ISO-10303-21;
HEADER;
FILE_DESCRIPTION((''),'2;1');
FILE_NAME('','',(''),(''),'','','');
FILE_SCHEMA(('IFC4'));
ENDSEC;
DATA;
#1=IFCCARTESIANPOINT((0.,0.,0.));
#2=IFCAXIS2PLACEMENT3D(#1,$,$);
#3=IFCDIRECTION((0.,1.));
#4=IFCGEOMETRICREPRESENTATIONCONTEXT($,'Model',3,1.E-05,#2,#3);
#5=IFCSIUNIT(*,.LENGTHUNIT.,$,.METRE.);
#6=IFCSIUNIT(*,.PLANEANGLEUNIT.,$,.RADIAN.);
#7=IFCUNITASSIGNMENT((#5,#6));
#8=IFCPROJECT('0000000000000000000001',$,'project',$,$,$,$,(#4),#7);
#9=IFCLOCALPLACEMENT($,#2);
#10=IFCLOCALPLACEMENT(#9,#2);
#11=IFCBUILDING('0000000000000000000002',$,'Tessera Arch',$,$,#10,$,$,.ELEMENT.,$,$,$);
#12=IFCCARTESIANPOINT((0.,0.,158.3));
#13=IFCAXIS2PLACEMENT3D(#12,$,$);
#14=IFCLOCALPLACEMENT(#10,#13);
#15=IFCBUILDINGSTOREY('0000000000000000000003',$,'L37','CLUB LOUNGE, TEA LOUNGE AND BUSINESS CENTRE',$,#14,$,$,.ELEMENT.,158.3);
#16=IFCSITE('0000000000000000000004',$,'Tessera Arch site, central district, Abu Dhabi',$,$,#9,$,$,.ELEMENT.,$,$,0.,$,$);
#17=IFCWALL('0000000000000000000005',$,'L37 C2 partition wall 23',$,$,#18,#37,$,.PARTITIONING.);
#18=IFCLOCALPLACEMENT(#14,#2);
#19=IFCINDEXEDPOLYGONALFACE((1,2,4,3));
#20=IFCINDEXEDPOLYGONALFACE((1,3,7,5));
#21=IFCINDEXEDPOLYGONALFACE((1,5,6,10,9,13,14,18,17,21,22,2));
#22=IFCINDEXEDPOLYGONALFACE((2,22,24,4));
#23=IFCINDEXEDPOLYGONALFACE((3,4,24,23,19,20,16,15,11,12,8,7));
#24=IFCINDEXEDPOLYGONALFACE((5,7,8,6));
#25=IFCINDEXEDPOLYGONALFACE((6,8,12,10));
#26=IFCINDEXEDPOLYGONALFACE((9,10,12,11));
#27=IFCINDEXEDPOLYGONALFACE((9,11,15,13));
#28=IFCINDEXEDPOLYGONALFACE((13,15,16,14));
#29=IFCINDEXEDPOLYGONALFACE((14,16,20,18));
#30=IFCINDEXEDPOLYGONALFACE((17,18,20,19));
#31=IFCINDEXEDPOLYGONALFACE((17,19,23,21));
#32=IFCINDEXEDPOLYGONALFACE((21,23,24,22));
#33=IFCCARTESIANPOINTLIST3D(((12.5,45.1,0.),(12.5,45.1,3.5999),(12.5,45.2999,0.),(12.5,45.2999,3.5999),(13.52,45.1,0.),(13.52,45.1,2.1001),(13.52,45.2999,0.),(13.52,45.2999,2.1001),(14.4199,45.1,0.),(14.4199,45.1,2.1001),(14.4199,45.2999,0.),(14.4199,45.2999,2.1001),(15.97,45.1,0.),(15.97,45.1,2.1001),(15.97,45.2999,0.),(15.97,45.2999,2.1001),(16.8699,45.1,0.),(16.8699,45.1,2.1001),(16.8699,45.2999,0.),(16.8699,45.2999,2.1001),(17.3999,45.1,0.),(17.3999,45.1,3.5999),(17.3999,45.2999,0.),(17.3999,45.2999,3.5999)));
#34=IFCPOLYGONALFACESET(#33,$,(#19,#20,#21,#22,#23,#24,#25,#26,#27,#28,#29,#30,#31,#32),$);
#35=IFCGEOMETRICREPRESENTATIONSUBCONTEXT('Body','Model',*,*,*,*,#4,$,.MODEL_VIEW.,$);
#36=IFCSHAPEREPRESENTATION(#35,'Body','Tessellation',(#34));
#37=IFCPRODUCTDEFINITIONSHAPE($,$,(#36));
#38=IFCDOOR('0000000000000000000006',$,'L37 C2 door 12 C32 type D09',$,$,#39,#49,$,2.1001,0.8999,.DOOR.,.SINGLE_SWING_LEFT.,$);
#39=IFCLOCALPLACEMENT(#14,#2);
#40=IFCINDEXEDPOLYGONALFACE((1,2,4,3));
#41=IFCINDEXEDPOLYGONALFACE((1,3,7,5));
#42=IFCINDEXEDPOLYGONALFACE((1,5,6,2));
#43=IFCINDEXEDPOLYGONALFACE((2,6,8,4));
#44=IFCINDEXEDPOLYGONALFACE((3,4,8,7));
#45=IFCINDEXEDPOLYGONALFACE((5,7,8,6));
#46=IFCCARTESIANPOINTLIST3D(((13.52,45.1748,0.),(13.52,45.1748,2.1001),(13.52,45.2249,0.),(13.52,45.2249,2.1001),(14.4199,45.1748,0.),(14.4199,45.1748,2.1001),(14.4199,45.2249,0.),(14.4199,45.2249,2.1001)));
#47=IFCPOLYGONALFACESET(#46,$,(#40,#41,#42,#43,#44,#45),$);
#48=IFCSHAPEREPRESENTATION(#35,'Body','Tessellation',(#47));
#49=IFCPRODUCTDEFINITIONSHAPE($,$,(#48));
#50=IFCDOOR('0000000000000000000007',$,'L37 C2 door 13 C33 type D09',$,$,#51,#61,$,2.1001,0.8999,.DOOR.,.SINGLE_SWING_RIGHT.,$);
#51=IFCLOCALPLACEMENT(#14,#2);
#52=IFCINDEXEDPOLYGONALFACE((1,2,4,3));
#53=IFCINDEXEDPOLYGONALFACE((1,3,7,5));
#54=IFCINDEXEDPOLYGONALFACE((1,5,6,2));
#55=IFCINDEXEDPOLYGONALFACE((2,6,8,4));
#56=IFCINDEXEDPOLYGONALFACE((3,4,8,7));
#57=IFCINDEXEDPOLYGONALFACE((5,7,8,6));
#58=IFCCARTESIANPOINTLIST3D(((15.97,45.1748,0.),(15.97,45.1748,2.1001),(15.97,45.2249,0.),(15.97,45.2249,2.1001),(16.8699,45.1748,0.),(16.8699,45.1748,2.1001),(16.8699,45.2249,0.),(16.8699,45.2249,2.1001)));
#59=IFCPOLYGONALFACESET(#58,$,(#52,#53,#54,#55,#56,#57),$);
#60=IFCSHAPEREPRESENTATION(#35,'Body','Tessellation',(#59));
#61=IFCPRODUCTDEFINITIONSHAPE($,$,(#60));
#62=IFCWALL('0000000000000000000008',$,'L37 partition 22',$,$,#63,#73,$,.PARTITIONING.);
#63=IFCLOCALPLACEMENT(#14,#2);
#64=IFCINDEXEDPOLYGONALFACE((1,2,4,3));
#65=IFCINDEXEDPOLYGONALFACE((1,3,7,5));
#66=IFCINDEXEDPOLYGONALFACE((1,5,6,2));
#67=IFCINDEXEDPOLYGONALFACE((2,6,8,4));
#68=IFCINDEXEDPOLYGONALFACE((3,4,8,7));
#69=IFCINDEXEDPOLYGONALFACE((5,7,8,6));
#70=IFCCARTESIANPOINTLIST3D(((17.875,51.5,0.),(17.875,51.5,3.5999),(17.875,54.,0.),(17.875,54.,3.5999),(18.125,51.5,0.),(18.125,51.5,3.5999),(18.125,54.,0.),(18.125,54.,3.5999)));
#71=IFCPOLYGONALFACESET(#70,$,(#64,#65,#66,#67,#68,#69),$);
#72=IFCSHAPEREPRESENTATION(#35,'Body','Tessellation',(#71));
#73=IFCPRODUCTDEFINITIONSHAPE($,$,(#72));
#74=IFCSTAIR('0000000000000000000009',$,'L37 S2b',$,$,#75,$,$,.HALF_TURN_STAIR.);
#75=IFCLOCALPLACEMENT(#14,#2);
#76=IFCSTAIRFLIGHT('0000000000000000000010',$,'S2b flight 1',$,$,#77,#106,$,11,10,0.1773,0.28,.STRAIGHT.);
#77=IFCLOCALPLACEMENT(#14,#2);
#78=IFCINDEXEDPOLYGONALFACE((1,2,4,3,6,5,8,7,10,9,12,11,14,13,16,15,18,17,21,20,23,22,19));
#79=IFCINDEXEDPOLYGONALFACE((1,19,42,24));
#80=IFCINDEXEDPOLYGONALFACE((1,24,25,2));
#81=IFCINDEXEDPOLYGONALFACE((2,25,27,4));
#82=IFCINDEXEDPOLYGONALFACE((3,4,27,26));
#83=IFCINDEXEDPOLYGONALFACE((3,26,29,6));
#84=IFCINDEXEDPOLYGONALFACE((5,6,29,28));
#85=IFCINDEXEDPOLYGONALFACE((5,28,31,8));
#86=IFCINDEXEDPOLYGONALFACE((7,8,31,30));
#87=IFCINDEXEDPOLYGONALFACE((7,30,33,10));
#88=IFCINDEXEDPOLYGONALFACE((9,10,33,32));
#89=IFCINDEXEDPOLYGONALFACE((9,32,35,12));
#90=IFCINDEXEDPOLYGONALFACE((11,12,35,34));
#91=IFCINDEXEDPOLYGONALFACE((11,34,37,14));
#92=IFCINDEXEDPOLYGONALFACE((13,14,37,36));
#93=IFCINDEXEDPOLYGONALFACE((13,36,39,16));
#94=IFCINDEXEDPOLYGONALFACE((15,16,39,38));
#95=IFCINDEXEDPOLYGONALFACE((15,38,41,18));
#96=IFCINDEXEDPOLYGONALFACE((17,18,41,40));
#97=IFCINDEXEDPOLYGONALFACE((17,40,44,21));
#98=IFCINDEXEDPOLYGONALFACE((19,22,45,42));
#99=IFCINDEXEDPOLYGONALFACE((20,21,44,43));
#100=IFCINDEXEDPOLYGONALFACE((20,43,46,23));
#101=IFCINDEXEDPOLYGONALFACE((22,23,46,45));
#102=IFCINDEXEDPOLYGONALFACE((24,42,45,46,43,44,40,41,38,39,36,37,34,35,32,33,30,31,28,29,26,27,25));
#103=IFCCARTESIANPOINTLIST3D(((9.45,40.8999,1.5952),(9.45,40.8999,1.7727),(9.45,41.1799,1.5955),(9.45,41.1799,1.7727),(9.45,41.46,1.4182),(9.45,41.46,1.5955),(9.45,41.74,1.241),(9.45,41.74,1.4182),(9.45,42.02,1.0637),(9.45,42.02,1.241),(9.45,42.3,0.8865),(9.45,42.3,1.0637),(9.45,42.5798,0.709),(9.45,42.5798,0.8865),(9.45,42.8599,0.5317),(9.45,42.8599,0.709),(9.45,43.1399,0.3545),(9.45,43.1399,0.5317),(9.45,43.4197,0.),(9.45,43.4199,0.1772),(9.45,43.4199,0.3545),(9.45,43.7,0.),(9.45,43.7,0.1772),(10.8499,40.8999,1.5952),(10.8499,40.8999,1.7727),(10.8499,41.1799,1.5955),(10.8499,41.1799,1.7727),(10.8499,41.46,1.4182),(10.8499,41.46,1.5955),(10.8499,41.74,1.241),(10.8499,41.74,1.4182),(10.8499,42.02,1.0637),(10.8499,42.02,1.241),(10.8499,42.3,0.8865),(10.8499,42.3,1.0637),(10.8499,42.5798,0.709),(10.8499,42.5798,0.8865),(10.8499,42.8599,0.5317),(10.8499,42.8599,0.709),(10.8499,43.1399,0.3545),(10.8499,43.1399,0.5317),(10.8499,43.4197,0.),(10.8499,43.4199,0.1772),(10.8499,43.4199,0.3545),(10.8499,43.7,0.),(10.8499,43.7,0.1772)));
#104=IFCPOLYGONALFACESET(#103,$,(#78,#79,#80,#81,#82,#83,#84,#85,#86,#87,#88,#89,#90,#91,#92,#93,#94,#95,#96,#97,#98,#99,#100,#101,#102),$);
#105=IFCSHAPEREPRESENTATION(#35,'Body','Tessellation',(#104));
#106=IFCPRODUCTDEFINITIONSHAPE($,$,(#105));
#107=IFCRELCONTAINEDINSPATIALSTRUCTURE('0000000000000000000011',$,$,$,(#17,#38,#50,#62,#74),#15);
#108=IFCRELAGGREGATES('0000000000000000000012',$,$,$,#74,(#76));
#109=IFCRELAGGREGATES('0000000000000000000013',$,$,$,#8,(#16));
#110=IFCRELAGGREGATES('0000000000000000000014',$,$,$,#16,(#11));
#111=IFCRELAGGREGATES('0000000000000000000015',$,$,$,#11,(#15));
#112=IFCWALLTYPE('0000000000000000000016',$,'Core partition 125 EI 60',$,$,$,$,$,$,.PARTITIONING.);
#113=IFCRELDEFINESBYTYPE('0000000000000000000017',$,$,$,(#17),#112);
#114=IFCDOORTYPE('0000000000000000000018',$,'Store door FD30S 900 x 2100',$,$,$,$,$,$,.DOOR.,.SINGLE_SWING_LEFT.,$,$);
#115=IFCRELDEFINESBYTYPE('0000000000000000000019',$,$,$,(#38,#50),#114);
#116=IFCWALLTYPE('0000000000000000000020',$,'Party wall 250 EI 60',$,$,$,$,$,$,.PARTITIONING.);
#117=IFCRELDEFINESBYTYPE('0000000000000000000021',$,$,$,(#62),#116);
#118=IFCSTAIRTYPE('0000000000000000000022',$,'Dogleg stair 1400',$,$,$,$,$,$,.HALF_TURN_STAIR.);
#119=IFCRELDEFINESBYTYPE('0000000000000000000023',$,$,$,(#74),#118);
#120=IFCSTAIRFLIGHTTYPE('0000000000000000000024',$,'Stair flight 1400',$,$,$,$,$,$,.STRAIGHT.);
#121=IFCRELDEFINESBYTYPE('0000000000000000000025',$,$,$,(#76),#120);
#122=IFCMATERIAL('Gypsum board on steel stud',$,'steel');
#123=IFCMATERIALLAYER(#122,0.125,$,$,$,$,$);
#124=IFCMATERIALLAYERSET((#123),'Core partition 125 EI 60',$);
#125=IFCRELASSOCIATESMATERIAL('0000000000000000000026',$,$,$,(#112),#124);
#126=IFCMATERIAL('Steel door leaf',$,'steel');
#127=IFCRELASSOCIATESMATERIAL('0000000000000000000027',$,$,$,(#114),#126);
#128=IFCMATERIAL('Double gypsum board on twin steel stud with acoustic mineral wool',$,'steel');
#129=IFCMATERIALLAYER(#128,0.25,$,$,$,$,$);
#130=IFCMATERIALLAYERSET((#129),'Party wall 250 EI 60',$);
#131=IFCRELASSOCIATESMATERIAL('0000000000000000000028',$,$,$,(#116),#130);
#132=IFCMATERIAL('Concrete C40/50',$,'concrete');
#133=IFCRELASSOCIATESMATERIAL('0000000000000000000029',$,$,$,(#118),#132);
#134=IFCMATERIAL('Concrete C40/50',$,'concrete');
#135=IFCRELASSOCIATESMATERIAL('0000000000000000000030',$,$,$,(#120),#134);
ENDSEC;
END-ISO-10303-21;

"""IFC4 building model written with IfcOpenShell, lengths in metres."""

from ifc_helpers import new_model, si_unit, direction, frame, frame_2d, origin, place, context, subcontext, project, spatial, polyline, rectangle, outline, extrude, material, layer, layer_set, type_object, element, fill, aggregate, save


model = new_model("IFC4")

# Units and contexts
model_context = context("Model", 3, precision=1e-05, world=origin(), true_north=direction((0.0, 1.0)))
body_context = subcontext(model_context, "Body", "Model", "MODEL_VIEW")
ifc_project = project(units=[si_unit("LENGTHUNIT", "METRE"), si_unit("PLANEANGLEUNIT", "RADIAN")], contexts=[model_context])

# Site, building, storey
site_placement = place(None, origin())
site = spatial("IfcSite", under=ifc_project, at=site_placement, Name="Tessera Arch site, central district, Abu Dhabi", CompositionType="ELEMENT", RefElevation=0.0)
building_placement = place(site_placement, origin())
building = spatial("IfcBuilding", under=site, at=building_placement, Name="Tessera Arch", CompositionType="ELEMENT")
storey_placement = place(building_placement, frame((0.0, 0.0, 158.3)))
storey = spatial("IfcBuildingStorey", under=building, at=storey_placement, Name="L37", Description="CLUB LOUNGE, TEA LOUNGE AND BUSINESS CENTRE", CompositionType="ELEMENT", Elevation=158.3)

# Shared definitions
ifc_material_1 = material(Name="Gypsum board on steel stud", Category="steel")
ifc_layer_1 = layer(ifc_material_1, 0.125)
ifc_layer_set_1 = layer_set([ifc_layer_1], Name="Core partition 125 EI 60")
wall_type_1 = type_object("IfcWallType", Name="Core partition 125 EI 60", PredefinedType="PARTITIONING", material=ifc_layer_set_1)

# Wall, openings, doors
wall_1_placement = place(storey_placement, frame((12.5, 45.2, 0.0), z_axis=(0.0, 0.0, 1.0), x_axis=(1.0, 0.0, 0.0)))
wall_1 = element("IfcWall", 1, at=wall_1_placement, inside=storey, type_object=wall_type_1, Name="L37 C2 partition wall 23", PredefinedType="PARTITIONING", context=body_context, shape_type="SweptSolid", body=[
    extrude(rectangle(XDim=4.8999, YDim=0.2, at=frame_2d((2.45, 0.0))), origin(), (0.0, 0.0, 1.0), 3.5999),
])
opening_1_placement = place(wall_1_placement, frame((1.02, 0.0, 0.0)))
opening_1 = element("IfcOpeningElement", 2, at=opening_1_placement, cuts=wall_1, PredefinedType="OPENING", context=body_context, shape_type="SweptSolid", body=[
    extrude(rectangle(XDim=0.8999, YDim=2.1001, at=frame_2d((0.45, 1.05))), frame((0.0, 0.1099, 0.0), z_axis=(0.0, -1.0, 0.0), x_axis=(1.0, 0.0, 0.0)), (0.0, 0.0, 1.0), 0.22),
])
opening_2_placement = place(wall_1_placement, frame((3.47, 0.0, 0.0)))
opening_2 = element("IfcOpeningElement", 3, at=opening_2_placement, cuts=wall_1, PredefinedType="OPENING", context=body_context, shape_type="SweptSolid", body=[
    extrude(rectangle(XDim=0.8999, YDim=2.1001, at=frame_2d((0.45, 1.05))), frame((0.0, 0.1099, 0.0), z_axis=(0.0, -1.0, 0.0), x_axis=(1.0, 0.0, 0.0)), (0.0, 0.0, 1.0), 0.22),
])
ifc_material_2 = material(Name="Steel door leaf", Category="steel")
door_type = type_object("IfcDoorType", Name="Store door FD30S 900 x 2100", OperationType="SINGLE_SWING_LEFT", PredefinedType="DOOR", material=ifc_material_2)
door_1_placement = place(opening_1_placement, origin())
door_1 = element("IfcDoor", 4, at=door_1_placement, inside=storey, type_object=door_type, Name="L37 C2 door 12 C32 type D09", OperationType="SINGLE_SWING_LEFT", OverallHeight=2.1001, OverallWidth=0.8999, PredefinedType="DOOR", context=body_context, shape_type="SweptSolid", body=[
    extrude(rectangle(XDim=0.8999, YDim=2.1001, at=frame_2d((0.45, 1.05))), frame((0.0, 0.0249, 0.0), z_axis=(0.0, -1.0, 0.0), x_axis=(1.0, 0.0, 0.0)), (0.0, 0.0, 1.0), 0.05),
])
fill(opening_1, door_1)
door_2_placement = place(opening_2_placement, origin())
door_2 = element("IfcDoor", 5, at=door_2_placement, inside=storey, type_object=door_type, Name="L37 C2 door 13 C33 type D09", OperationType="SINGLE_SWING_RIGHT", OverallHeight=2.1001, OverallWidth=0.8999, PredefinedType="DOOR", context=body_context, shape_type="SweptSolid", body=[
    extrude(rectangle(XDim=0.8999, YDim=2.1001, at=frame_2d((0.45, 1.05))), frame((0.0, 0.0249, 0.0), z_axis=(0.0, -1.0, 0.0), x_axis=(1.0, 0.0, 0.0)), (0.0, 0.0, 1.0), 0.05),
])
fill(opening_2, door_2)

# Wall
ifc_material_3 = material(Name="Double gypsum board on twin steel stud with acoustic mineral wool", Category="steel")
ifc_layer_2 = layer(ifc_material_3, 0.25)
ifc_layer_set_2 = layer_set([ifc_layer_2], Name="Party wall 250 EI 60")
wall_type_2 = type_object("IfcWallType", Name="Party wall 250 EI 60", PredefinedType="PARTITIONING", material=ifc_layer_set_2)
wall_2_placement = place(storey_placement, frame((18.0, 51.5, 0.0), z_axis=(0.0, 0.0, 1.0), x_axis=(0.0, 1.0, 0.0)))
element("IfcWall", 6, at=wall_2_placement, inside=storey, type_object=wall_type_2, Name="L37 partition 22", PredefinedType="PARTITIONING", context=body_context, shape_type="SweptSolid", body=[
    extrude(rectangle(XDim=2.5, YDim=0.25, at=frame_2d((1.25, 0.0))), origin(), (0.0, 0.0, 1.0), 3.5999),
])

# Stair, stair flight
ifc_material_4 = material(Name="Concrete C40/50", Category="concrete")
stair_type = type_object("IfcStairType", Name="Dogleg stair 1400", PredefinedType="HALF_TURN_STAIR", material=ifc_material_4)
stair_placement = place(storey_placement, origin())
stair = element("IfcStair", 7, at=stair_placement, inside=storey, type_object=stair_type, Name="L37 S2b", PredefinedType="HALF_TURN_STAIR")
ifc_material_5 = material(Name="Concrete C40/50", Category="concrete")
stair_flight_type = type_object("IfcStairFlightType", Name="Stair flight 1400", PredefinedType="STRAIGHT", material=ifc_material_5)
stair_flight_placement = place(storey_placement, frame((10.1499, 43.7, 0.0), z_axis=(0.0, 0.0, 1.0), x_axis=(0.0, -1.0, 0.0)))
stair_flight = element("IfcStairFlight", 8, at=stair_flight_placement, type_object=stair_flight_type, Name="S2b flight 1", NumberOfRisers=11, NumberOfTreads=10, PredefinedType="STRAIGHT", RiserHeight=0.1773, TreadLength=0.28, context=body_context, shape_type="SweptSolid", body=[
    extrude(outline(polyline([(0.0, 0.0), (0.0, 0.1772), (0.28, 0.1772), (0.28, 0.3545), (0.5601, 0.3545), (0.5601, 0.5317), (0.8401, 0.5317), (0.8401, 0.709), (1.1201, 0.709), (1.1201, 0.8865), (1.3999, 0.8865), (1.3999, 1.0637), (1.6799, 1.0637), (1.6799, 1.241), (1.96, 1.241), (1.96, 1.4182), (2.24, 1.4182), (2.24, 1.5955), (2.52, 1.5955), (2.52, 1.7727), (2.8, 1.7727), (2.8, 1.95), (2.8, 1.5952), (0.2803, 0.0), (0.0, 0.0)])), frame((0.0, 0.7, 0.0), z_axis=(0.0, -1.0, 0.0), x_axis=(1.0, 0.0, 0.0)), (0.0, 0.0, 1.0), 1.3999),
])
aggregate(stair, [stair_flight])

save(model, "model.ifc")
